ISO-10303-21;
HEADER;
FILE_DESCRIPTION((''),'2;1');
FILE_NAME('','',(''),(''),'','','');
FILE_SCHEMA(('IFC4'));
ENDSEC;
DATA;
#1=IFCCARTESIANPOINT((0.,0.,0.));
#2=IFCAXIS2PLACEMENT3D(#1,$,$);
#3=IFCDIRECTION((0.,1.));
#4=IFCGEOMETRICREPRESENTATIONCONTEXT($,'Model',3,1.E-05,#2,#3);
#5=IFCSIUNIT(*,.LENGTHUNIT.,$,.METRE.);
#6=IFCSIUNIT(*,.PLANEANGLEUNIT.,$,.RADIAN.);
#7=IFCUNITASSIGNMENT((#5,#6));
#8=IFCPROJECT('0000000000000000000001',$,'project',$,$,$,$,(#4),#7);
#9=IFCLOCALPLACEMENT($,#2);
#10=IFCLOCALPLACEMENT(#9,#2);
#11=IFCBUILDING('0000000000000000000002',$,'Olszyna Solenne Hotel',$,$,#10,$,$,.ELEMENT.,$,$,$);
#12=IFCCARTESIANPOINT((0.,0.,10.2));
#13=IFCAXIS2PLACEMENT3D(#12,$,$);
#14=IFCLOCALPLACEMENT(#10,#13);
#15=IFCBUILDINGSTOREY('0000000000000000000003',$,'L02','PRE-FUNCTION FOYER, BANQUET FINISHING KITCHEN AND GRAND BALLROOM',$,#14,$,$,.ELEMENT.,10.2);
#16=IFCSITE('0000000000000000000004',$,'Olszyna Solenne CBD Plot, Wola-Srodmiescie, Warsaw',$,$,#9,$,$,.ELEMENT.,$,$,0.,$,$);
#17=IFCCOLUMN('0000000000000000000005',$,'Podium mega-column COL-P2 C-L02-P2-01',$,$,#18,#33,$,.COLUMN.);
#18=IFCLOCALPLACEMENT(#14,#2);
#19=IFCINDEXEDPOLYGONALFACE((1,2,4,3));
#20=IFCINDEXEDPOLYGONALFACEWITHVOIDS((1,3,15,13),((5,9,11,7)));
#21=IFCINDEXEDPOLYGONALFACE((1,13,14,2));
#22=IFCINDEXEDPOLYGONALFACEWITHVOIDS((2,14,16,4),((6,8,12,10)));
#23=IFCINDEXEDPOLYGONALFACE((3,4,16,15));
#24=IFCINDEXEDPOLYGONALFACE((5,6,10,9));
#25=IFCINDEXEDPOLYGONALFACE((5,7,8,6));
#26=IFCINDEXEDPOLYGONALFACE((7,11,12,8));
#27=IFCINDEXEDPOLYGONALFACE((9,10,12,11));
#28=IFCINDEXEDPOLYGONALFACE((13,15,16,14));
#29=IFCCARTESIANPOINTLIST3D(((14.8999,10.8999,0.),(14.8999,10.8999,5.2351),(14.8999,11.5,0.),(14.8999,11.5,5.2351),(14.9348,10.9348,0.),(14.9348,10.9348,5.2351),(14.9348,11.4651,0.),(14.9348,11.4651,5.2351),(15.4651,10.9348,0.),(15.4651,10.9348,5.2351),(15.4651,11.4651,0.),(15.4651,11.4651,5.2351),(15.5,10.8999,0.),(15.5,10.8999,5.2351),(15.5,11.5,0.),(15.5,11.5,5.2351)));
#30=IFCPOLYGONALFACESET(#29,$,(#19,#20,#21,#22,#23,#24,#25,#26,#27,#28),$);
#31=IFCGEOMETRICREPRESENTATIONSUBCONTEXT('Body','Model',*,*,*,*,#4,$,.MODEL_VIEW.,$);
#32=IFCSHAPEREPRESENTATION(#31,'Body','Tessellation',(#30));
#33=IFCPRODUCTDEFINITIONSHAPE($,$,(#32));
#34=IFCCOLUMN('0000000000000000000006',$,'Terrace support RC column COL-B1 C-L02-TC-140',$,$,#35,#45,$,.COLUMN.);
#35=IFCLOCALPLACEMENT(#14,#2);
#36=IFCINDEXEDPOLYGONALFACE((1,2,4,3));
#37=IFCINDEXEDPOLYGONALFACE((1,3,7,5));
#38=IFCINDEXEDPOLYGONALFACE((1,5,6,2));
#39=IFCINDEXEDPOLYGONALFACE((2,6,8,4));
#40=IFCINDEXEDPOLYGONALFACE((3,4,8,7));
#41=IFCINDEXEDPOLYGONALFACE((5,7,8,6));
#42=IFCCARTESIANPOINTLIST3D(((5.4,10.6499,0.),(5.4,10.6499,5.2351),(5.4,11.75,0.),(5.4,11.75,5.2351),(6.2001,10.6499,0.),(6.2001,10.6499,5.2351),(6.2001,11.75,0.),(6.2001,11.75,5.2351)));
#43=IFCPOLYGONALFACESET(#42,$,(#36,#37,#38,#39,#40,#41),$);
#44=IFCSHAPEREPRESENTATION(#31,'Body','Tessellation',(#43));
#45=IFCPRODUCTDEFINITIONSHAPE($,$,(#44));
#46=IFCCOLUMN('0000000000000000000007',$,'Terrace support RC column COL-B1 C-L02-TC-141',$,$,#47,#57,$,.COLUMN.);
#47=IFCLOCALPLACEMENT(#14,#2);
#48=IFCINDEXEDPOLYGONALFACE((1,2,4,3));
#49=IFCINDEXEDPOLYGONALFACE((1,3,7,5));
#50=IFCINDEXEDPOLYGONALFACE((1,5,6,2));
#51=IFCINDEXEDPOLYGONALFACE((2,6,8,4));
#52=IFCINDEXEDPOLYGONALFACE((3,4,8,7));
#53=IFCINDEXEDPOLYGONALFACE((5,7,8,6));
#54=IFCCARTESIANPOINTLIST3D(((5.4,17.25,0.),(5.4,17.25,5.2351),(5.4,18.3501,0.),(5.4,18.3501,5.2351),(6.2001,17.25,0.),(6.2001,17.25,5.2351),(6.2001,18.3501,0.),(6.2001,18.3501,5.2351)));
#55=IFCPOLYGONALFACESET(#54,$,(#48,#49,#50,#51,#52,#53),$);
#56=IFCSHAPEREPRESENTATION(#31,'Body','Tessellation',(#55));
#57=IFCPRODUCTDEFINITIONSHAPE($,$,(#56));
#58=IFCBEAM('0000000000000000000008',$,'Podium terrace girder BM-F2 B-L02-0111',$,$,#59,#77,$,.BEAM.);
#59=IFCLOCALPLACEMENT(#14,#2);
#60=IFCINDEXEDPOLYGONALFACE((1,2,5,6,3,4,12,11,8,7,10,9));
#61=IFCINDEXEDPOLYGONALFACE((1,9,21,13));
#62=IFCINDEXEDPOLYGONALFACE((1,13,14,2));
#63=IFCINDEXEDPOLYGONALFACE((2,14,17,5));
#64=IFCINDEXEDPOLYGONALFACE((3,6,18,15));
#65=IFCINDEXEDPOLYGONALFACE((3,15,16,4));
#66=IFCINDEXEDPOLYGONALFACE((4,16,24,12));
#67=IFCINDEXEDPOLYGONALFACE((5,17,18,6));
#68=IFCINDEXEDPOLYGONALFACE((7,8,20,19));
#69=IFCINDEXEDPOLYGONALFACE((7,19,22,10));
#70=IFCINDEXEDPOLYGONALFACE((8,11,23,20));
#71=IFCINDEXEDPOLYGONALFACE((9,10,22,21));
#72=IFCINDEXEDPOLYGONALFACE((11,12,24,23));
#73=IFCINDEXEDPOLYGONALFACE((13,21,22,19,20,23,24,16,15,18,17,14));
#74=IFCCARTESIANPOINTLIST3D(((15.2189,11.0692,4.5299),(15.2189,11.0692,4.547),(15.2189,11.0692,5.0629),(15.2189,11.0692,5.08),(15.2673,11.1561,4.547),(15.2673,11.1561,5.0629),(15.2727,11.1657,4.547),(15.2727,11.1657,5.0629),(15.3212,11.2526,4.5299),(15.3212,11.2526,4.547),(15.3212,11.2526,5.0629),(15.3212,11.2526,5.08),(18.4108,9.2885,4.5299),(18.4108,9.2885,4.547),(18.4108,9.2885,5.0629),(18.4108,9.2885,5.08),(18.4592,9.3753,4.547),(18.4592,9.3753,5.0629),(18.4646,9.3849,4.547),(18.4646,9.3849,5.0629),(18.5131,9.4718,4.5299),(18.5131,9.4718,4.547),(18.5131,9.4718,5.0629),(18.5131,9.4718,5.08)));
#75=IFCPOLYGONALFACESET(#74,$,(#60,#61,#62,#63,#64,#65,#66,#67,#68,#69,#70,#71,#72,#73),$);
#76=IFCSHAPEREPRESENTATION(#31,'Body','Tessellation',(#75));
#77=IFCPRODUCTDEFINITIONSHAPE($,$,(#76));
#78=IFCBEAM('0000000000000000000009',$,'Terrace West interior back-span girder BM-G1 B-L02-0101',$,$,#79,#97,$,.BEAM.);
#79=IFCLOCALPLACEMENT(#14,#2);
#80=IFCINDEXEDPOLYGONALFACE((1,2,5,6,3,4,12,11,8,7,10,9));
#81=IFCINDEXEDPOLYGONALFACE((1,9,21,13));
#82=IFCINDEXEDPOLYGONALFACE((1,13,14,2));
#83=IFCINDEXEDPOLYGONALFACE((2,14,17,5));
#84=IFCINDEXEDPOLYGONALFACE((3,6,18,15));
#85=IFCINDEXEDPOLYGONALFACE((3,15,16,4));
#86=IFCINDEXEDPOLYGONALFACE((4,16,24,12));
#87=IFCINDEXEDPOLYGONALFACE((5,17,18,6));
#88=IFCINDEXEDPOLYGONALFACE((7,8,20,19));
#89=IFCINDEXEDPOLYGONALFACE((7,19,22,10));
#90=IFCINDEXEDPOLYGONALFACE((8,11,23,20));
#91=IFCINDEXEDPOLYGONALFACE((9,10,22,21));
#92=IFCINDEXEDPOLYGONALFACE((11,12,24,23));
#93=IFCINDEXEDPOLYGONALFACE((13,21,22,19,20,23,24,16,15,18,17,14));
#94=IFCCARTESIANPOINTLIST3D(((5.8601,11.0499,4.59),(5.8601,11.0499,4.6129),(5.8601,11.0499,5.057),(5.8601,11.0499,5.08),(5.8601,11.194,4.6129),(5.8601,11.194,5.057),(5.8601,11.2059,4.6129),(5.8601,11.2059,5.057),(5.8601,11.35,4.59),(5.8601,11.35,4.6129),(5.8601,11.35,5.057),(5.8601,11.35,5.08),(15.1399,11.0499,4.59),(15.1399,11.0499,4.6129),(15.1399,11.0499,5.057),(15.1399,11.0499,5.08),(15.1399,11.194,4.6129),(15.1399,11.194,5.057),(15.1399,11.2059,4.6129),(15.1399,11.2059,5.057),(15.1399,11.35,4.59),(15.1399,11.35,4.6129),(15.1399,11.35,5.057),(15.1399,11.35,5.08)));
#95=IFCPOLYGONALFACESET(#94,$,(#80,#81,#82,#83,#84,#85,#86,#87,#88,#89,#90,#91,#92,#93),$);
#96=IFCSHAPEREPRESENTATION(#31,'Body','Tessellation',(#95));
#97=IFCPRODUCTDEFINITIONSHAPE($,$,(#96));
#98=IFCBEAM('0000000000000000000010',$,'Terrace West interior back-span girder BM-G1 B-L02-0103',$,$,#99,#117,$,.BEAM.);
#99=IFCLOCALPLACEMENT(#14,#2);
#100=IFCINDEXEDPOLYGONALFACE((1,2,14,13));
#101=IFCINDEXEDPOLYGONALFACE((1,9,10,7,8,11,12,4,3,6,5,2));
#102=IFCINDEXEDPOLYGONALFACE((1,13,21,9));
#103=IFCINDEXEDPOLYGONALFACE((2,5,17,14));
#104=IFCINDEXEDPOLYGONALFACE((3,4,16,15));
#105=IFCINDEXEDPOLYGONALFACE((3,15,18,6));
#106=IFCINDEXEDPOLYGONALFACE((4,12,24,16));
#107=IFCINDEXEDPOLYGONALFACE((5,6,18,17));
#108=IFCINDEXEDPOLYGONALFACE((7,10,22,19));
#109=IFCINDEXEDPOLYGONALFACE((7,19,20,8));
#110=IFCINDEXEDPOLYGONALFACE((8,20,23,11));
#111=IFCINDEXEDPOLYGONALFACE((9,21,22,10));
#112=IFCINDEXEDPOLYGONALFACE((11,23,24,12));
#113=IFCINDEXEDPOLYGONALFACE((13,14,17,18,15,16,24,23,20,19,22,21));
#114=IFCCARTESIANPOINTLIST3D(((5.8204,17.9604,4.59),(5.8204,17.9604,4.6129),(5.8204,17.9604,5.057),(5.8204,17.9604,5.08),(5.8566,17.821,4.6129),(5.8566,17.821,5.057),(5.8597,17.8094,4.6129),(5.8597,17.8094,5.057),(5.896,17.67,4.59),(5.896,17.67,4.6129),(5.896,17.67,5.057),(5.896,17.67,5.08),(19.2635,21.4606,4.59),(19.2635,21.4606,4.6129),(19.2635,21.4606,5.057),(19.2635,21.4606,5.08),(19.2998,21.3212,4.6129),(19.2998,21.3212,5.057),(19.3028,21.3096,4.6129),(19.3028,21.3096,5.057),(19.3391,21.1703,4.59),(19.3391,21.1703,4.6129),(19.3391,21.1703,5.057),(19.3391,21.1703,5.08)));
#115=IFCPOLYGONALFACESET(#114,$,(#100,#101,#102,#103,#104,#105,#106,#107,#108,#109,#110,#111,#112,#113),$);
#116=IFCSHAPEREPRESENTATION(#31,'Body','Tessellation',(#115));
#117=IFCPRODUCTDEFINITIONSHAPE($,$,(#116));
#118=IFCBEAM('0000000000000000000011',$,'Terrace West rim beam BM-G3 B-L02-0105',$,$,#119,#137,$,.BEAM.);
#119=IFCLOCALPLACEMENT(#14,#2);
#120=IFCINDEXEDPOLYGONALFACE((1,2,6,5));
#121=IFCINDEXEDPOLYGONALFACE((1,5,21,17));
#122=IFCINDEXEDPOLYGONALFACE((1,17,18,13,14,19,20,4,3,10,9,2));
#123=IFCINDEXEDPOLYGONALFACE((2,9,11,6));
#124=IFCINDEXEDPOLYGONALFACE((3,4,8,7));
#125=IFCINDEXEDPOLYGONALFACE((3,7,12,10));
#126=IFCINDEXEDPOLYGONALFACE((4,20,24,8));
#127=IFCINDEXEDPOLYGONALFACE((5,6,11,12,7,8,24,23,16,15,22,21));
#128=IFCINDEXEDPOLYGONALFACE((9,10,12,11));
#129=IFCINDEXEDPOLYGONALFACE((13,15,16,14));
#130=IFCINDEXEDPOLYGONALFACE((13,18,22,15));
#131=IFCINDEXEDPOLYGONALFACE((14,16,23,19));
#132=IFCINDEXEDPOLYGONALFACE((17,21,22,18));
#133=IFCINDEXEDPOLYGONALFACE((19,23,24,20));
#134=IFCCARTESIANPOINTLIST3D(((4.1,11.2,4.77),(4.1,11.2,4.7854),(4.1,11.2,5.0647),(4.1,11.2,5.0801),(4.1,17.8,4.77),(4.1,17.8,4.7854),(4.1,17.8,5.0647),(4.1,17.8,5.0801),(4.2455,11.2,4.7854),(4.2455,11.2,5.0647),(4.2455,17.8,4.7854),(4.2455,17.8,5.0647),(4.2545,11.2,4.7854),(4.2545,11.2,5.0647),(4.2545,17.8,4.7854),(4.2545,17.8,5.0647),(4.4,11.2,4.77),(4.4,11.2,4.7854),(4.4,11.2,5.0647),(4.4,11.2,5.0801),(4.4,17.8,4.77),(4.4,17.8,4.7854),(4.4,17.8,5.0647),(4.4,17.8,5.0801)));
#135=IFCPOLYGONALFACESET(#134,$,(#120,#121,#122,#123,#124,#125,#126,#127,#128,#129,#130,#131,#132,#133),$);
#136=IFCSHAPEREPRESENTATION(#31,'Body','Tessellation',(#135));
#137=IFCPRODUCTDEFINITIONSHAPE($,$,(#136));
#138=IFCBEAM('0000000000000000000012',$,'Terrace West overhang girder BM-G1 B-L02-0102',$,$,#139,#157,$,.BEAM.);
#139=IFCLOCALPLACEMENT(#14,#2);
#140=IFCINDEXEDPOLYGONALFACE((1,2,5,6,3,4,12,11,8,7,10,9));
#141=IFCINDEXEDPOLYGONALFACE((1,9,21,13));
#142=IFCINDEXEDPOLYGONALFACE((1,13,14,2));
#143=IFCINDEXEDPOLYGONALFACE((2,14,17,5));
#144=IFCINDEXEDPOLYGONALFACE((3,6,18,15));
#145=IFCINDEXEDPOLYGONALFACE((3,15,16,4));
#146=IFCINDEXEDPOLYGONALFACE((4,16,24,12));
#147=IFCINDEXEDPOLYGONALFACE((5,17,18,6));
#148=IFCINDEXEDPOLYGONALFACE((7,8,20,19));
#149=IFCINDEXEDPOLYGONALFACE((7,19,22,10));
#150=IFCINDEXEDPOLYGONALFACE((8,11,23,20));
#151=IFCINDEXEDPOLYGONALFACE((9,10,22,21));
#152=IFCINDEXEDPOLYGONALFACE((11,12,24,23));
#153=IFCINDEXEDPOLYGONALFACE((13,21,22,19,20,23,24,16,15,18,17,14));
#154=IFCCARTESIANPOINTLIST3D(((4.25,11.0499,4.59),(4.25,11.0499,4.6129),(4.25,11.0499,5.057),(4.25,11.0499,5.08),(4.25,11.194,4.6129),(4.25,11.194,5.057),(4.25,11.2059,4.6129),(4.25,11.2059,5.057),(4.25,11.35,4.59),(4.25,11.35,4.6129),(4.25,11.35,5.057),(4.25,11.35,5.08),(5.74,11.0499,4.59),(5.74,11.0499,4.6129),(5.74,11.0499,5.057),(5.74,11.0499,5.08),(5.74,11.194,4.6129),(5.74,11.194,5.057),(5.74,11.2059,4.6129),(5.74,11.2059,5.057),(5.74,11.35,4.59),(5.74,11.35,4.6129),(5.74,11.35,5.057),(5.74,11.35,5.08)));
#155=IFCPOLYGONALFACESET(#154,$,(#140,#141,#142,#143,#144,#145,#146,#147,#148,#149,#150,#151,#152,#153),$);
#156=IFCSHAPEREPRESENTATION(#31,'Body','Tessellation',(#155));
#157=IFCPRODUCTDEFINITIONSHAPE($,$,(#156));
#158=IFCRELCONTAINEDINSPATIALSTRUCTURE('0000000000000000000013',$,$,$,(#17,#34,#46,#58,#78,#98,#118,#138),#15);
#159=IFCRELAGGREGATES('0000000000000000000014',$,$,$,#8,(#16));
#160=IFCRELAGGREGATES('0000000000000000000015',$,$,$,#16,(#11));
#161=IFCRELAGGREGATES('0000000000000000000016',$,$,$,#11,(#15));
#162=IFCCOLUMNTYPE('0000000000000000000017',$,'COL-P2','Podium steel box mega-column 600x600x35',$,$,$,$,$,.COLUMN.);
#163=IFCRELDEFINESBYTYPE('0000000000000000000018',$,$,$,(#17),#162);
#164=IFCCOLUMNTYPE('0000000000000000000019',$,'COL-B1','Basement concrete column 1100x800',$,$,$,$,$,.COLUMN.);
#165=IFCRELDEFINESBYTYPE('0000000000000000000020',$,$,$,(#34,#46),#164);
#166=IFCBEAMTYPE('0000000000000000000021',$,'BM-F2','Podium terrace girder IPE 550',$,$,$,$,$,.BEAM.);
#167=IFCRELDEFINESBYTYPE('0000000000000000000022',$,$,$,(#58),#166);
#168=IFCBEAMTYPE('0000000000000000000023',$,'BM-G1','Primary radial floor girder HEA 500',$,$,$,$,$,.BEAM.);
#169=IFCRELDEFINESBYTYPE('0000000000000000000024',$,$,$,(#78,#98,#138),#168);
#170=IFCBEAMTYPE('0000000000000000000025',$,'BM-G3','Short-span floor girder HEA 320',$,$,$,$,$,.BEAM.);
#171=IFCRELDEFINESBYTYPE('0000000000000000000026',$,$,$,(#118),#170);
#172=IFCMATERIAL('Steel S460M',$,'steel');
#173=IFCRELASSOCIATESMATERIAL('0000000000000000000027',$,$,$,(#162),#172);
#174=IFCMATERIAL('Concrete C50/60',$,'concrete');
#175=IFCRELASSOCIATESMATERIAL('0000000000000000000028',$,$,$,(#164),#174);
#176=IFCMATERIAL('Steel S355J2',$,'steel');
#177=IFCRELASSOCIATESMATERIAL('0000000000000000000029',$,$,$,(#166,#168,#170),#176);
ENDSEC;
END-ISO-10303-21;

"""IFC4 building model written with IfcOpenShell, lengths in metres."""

from ifc_helpers import new_model, si_unit, direction, frame, origin, origin_2d, place, context, subcontext, project, spatial, rectangle, hollow_rectangle, i_section, extrude, source, transform, mapped, material, material_profile, profile_set, type_object, element, save


model = new_model("IFC4")

# Units and contexts
model_context = context("Model", 3, precision=1e-05, world=origin(), true_north=direction((0.0, 1.0)))
body_context = subcontext(model_context, "Body", "Model", "MODEL_VIEW")
ifc_project = project(units=[si_unit("LENGTHUNIT", "METRE"), si_unit("PLANEANGLEUNIT", "RADIAN")], contexts=[model_context])

# Site, building, storey
site_placement = place(None, origin())
site = spatial("IfcSite", under=ifc_project, at=site_placement, Name="Olszyna Solenne CBD Plot, Wola-Srodmiescie, Warsaw", CompositionType="ELEMENT", RefElevation=0.0)
building_placement = place(site_placement, origin())
building = spatial("IfcBuilding", under=site, at=building_placement, Name="Olszyna Solenne Hotel", CompositionType="ELEMENT")
storey_placement = place(building_placement, frame((0.0, 0.0, 10.2)))
storey = spatial("IfcBuildingStorey", under=building, at=storey_placement, Name="L02", Description="PRE-FUNCTION FOYER, BANQUET FINISHING KITCHEN AND GRAND BALLROOM", CompositionType="ELEMENT", Elevation=10.2)

# Columns
ifc_material_1 = material(Name="Steel S460M", Category="steel")
ifc_material_profile_1 = material_profile(ifc_material_1, hollow_rectangle(XDim=0.6001, YDim=0.6001, WallThickness=0.0349, at=origin_2d()), Name="SHS 600x600x35", Category="load-bearing")
ifc_profile_set_1 = profile_set([ifc_material_profile_1], Name="Steel S460M")
column_type_1 = type_object("IfcColumnType", Name="COL-P2", Description="Podium steel box mega-column 600x600x35", PredefinedType="COLUMN", material=ifc_profile_set_1)
shared_shape_1 = source(origin(), body_context, "Body", "SweptSolid", [
    extrude(hollow_rectangle(XDim=0.6001, YDim=0.6001, WallThickness=0.0349, at=origin_2d()), origin(), (0.0, 0.0, 1.0), 5.2351),
])
column_placement = place(storey_placement, frame((15.2, 11.2, 0.0), z_axis=(0.0, 0.0, 1.0), x_axis=(1.0, 0.0, 0.0)))
element("IfcColumn", 1, at=column_placement, inside=storey, type_object=column_type_1, Name="Podium mega-column COL-P2 C-L02-P2-01", PredefinedType="COLUMN", context=body_context, shape_type="MappedRepresentation", body=[
    mapped(shared_shape_1, transform((0.0, 0.0, 0.0), x_axis=(1.0, 0.0, 0.0), y_axis=(0.0, 1.0, 0.0), z_axis=(0.0, 0.0, 1.0), scale=1.0)),
])
ifc_material_2 = material(Name="Concrete C50/60", Category="concrete")
ifc_material_profile_2 = material_profile(ifc_material_2, rectangle(XDim=0.8, YDim=1.1001, at=origin_2d()), Name="RC 1100x800", Category="load-bearing")
ifc_profile_set_2 = profile_set([ifc_material_profile_2], Name="Concrete C50/60")
column_type_2 = type_object("IfcColumnType", Name="COL-B1", Description="Basement concrete column 1100x800", PredefinedType="COLUMN", material=ifc_profile_set_2)
shared_shape_2 = source(origin(), body_context, "Body", "SweptSolid", [
    extrude(rectangle(XDim=0.8, YDim=1.1001, at=origin_2d()), origin(), (0.0, 0.0, 1.0), 5.2351),
])
for number, where, z_axis, x_axis, name in (
    (2, (5.8, 11.2, 0.0), (0.0, 0.0, 1.0), (1.0, 0.0, 0.0), "Terrace support RC column COL-B1 C-L02-TC-140"),
    (3, (5.8, 17.8, 0.0), (0.0, 0.0, 1.0), (1.0, 0.0, 0.0), "Terrace support RC column COL-B1 C-L02-TC-141"),
):
    element("IfcColumn", number, at=place(storey_placement, frame(where, z_axis=z_axis, x_axis=x_axis)), inside=storey, type_object=column_type_2, Name=name, PredefinedType="COLUMN", context=body_context, shape_type="MappedRepresentation", body=[
        mapped(shared_shape_2, transform((0.0, 0.0, 0.0), x_axis=(1.0, 0.0, 0.0), y_axis=(0.0, 1.0, 0.0), z_axis=(0.0, 0.0, 1.0), scale=1.0)),
    ])

# Beams
ifc_material_3 = material(Name="Steel S355J2", Category="steel")
ifc_material_profile_3 = material_profile(ifc_material_3, i_section(OverallWidth=0.21, OverallDepth=0.55, WebThickness=0.011, FlangeThickness=0.0171, at=origin_2d()), Name="IPE 550", Category="load-bearing")
ifc_profile_set_3 = profile_set([ifc_material_profile_3], Name="Steel S355J2")
beam_type_1 = type_object("IfcBeamType", Name="BM-F2", Description="Podium terrace girder IPE 550", PredefinedType="BEAM", material=ifc_profile_set_3)
shared_shape_3 = source(origin(), body_context, "Body", "SweptSolid", [
    extrude(i_section(OverallWidth=0.21, OverallDepth=0.55, WebThickness=0.011, FlangeThickness=0.0171, at=origin_2d()), origin(), (0.0, 0.0, 1.0), 3.655),
])
beam_1_placement = place(storey_placement, frame((15.27, 11.1609, 4.8049), z_axis=(0.873286, -0.487207, 0.0), x_axis=(0.487207, 0.873286, 0.0)))
element("IfcBeam", 4, at=beam_1_placement, inside=storey, type_object=beam_type_1, Name="Podium terrace girder BM-F2 B-L02-0111", PredefinedType="BEAM", context=body_context, shape_type="MappedRepresentation", body=[
    mapped(shared_shape_3, transform((0.0, 0.0, 0.0), x_axis=(1.0, 0.0, 0.0), y_axis=(0.0, 1.0, 0.0), z_axis=(0.0, 0.0, 1.0), scale=1.0)),
])
ifc_material_profile_4 = material_profile(ifc_material_3, i_section(OverallWidth=0.3, OverallDepth=0.49, WebThickness=0.012, FlangeThickness=0.0229, at=origin_2d()), Name="HEA 500", Category="load-bearing")
ifc_profile_set_4 = profile_set([ifc_material_profile_4], Name="Steel S355J2")
beam_type_2 = type_object("IfcBeamType", Name="BM-G1", Description="Primary radial floor girder HEA 500", PredefinedType="BEAM", material=ifc_profile_set_4)
shared_shape_4 = source(origin(), body_context, "Body", "SweptSolid", [
    extrude(i_section(OverallWidth=0.3, OverallDepth=0.49, WebThickness=0.012, FlangeThickness=0.0229, at=origin_2d()), origin(), (0.0, 0.0, 1.0), 9.2798),
])
beam_2_placement = place(storey_placement, frame((5.8601, 11.2, 4.835), z_axis=(1.0, 0.0, 0.0), x_axis=(0.0, 1.0, 0.0)))
element("IfcBeam", 5, at=beam_2_placement, inside=storey, type_object=beam_type_2, Name="Terrace West interior back-span girder BM-G1 B-L02-0101", PredefinedType="BEAM", context=body_context, shape_type="MappedRepresentation", body=[
    mapped(shared_shape_4, transform((0.0, 0.0, 0.0), x_axis=(1.0, 0.0, 0.0), y_axis=(0.0, 1.0, 0.0), z_axis=(0.0, 0.0, 1.0), scale=1.0)),
])
shared_shape_5 = source(origin(), body_context, "Body", "SweptSolid", [
    extrude(i_section(OverallWidth=0.3, OverallDepth=0.49, WebThickness=0.012, FlangeThickness=0.0229, at=origin_2d()), origin(), (0.0, 0.0, 1.0), 13.8914),
])
beam_3_placement = place(storey_placement, frame((5.8582, 17.8152, 4.835), z_axis=(0.967734, 0.251973, 0.0), x_axis=(-0.251973, 0.967734, 0.0)))
element("IfcBeam", 6, at=beam_3_placement, inside=storey, type_object=beam_type_2, Name="Terrace West interior back-span girder BM-G1 B-L02-0103", PredefinedType="BEAM", context=body_context, shape_type="MappedRepresentation", body=[
    mapped(shared_shape_5, transform((0.0, 0.0, 0.0), x_axis=(1.0, 0.0, 0.0), y_axis=(0.0, 1.0, 0.0), z_axis=(0.0, 0.0, 1.0), scale=1.0)),
])
ifc_material_profile_5 = material_profile(ifc_material_3, i_section(OverallWidth=0.3, OverallDepth=0.3101, WebThickness=0.009, FlangeThickness=0.0154, at=origin_2d()), Name="HEA 320", Category="load-bearing")
ifc_profile_set_5 = profile_set([ifc_material_profile_5], Name="Steel S355J2")
beam_type_3 = type_object("IfcBeamType", Name="BM-G3", Description="Short-span floor girder HEA 320", PredefinedType="BEAM", material=ifc_profile_set_5)
shared_shape_6 = source(origin(), body_context, "Body", "SweptSolid", [
    extrude(i_section(OverallWidth=0.3, OverallDepth=0.3101, WebThickness=0.009, FlangeThickness=0.0154, at=origin_2d()), origin(), (0.0, 0.0, 1.0), 6.6001),
])
beam_4_placement = place(storey_placement, frame((4.25, 11.2, 4.925), z_axis=(0.0, 1.0, 0.0), x_axis=(-1.0, 0.0, 0.0)))
element("IfcBeam", 7, at=beam_4_placement, inside=storey, type_object=beam_type_3, Name="Terrace West rim beam BM-G3 B-L02-0105", PredefinedType="BEAM", context=body_context, shape_type="MappedRepresentation", body=[
    mapped(shared_shape_6, transform((0.0, 0.0, 0.0), x_axis=(1.0, 0.0, 0.0), y_axis=(0.0, 1.0, 0.0), z_axis=(0.0, 0.0, 1.0), scale=1.0)),
])
shared_shape_7 = source(origin(), body_context, "Body", "SweptSolid", [
    extrude(i_section(OverallWidth=0.3, OverallDepth=0.49, WebThickness=0.012, FlangeThickness=0.0229, at=origin_2d()), origin(), (0.0, 0.0, 1.0), 1.49),
])
for number, where, z_axis, x_axis, name in (
    (8, (4.25, 11.2, 4.835), (1.0, 0.0, 0.0), (0.0, 1.0, 0.0), "Terrace West overhang girder BM-G1 B-L02-0102"),
):
    element("IfcBeam", number, at=place(storey_placement, frame(where, z_axis=z_axis, x_axis=x_axis)), inside=storey, type_object=beam_type_2, Name=name, PredefinedType="BEAM", context=body_context, shape_type="MappedRepresentation", body=[
        mapped(shared_shape_7, transform((0.0, 0.0, 0.0), x_axis=(1.0, 0.0, 0.0), y_axis=(0.0, 1.0, 0.0), z_axis=(0.0, 0.0, 1.0), scale=1.0)),
    ])

save(model, "model.ifc")
